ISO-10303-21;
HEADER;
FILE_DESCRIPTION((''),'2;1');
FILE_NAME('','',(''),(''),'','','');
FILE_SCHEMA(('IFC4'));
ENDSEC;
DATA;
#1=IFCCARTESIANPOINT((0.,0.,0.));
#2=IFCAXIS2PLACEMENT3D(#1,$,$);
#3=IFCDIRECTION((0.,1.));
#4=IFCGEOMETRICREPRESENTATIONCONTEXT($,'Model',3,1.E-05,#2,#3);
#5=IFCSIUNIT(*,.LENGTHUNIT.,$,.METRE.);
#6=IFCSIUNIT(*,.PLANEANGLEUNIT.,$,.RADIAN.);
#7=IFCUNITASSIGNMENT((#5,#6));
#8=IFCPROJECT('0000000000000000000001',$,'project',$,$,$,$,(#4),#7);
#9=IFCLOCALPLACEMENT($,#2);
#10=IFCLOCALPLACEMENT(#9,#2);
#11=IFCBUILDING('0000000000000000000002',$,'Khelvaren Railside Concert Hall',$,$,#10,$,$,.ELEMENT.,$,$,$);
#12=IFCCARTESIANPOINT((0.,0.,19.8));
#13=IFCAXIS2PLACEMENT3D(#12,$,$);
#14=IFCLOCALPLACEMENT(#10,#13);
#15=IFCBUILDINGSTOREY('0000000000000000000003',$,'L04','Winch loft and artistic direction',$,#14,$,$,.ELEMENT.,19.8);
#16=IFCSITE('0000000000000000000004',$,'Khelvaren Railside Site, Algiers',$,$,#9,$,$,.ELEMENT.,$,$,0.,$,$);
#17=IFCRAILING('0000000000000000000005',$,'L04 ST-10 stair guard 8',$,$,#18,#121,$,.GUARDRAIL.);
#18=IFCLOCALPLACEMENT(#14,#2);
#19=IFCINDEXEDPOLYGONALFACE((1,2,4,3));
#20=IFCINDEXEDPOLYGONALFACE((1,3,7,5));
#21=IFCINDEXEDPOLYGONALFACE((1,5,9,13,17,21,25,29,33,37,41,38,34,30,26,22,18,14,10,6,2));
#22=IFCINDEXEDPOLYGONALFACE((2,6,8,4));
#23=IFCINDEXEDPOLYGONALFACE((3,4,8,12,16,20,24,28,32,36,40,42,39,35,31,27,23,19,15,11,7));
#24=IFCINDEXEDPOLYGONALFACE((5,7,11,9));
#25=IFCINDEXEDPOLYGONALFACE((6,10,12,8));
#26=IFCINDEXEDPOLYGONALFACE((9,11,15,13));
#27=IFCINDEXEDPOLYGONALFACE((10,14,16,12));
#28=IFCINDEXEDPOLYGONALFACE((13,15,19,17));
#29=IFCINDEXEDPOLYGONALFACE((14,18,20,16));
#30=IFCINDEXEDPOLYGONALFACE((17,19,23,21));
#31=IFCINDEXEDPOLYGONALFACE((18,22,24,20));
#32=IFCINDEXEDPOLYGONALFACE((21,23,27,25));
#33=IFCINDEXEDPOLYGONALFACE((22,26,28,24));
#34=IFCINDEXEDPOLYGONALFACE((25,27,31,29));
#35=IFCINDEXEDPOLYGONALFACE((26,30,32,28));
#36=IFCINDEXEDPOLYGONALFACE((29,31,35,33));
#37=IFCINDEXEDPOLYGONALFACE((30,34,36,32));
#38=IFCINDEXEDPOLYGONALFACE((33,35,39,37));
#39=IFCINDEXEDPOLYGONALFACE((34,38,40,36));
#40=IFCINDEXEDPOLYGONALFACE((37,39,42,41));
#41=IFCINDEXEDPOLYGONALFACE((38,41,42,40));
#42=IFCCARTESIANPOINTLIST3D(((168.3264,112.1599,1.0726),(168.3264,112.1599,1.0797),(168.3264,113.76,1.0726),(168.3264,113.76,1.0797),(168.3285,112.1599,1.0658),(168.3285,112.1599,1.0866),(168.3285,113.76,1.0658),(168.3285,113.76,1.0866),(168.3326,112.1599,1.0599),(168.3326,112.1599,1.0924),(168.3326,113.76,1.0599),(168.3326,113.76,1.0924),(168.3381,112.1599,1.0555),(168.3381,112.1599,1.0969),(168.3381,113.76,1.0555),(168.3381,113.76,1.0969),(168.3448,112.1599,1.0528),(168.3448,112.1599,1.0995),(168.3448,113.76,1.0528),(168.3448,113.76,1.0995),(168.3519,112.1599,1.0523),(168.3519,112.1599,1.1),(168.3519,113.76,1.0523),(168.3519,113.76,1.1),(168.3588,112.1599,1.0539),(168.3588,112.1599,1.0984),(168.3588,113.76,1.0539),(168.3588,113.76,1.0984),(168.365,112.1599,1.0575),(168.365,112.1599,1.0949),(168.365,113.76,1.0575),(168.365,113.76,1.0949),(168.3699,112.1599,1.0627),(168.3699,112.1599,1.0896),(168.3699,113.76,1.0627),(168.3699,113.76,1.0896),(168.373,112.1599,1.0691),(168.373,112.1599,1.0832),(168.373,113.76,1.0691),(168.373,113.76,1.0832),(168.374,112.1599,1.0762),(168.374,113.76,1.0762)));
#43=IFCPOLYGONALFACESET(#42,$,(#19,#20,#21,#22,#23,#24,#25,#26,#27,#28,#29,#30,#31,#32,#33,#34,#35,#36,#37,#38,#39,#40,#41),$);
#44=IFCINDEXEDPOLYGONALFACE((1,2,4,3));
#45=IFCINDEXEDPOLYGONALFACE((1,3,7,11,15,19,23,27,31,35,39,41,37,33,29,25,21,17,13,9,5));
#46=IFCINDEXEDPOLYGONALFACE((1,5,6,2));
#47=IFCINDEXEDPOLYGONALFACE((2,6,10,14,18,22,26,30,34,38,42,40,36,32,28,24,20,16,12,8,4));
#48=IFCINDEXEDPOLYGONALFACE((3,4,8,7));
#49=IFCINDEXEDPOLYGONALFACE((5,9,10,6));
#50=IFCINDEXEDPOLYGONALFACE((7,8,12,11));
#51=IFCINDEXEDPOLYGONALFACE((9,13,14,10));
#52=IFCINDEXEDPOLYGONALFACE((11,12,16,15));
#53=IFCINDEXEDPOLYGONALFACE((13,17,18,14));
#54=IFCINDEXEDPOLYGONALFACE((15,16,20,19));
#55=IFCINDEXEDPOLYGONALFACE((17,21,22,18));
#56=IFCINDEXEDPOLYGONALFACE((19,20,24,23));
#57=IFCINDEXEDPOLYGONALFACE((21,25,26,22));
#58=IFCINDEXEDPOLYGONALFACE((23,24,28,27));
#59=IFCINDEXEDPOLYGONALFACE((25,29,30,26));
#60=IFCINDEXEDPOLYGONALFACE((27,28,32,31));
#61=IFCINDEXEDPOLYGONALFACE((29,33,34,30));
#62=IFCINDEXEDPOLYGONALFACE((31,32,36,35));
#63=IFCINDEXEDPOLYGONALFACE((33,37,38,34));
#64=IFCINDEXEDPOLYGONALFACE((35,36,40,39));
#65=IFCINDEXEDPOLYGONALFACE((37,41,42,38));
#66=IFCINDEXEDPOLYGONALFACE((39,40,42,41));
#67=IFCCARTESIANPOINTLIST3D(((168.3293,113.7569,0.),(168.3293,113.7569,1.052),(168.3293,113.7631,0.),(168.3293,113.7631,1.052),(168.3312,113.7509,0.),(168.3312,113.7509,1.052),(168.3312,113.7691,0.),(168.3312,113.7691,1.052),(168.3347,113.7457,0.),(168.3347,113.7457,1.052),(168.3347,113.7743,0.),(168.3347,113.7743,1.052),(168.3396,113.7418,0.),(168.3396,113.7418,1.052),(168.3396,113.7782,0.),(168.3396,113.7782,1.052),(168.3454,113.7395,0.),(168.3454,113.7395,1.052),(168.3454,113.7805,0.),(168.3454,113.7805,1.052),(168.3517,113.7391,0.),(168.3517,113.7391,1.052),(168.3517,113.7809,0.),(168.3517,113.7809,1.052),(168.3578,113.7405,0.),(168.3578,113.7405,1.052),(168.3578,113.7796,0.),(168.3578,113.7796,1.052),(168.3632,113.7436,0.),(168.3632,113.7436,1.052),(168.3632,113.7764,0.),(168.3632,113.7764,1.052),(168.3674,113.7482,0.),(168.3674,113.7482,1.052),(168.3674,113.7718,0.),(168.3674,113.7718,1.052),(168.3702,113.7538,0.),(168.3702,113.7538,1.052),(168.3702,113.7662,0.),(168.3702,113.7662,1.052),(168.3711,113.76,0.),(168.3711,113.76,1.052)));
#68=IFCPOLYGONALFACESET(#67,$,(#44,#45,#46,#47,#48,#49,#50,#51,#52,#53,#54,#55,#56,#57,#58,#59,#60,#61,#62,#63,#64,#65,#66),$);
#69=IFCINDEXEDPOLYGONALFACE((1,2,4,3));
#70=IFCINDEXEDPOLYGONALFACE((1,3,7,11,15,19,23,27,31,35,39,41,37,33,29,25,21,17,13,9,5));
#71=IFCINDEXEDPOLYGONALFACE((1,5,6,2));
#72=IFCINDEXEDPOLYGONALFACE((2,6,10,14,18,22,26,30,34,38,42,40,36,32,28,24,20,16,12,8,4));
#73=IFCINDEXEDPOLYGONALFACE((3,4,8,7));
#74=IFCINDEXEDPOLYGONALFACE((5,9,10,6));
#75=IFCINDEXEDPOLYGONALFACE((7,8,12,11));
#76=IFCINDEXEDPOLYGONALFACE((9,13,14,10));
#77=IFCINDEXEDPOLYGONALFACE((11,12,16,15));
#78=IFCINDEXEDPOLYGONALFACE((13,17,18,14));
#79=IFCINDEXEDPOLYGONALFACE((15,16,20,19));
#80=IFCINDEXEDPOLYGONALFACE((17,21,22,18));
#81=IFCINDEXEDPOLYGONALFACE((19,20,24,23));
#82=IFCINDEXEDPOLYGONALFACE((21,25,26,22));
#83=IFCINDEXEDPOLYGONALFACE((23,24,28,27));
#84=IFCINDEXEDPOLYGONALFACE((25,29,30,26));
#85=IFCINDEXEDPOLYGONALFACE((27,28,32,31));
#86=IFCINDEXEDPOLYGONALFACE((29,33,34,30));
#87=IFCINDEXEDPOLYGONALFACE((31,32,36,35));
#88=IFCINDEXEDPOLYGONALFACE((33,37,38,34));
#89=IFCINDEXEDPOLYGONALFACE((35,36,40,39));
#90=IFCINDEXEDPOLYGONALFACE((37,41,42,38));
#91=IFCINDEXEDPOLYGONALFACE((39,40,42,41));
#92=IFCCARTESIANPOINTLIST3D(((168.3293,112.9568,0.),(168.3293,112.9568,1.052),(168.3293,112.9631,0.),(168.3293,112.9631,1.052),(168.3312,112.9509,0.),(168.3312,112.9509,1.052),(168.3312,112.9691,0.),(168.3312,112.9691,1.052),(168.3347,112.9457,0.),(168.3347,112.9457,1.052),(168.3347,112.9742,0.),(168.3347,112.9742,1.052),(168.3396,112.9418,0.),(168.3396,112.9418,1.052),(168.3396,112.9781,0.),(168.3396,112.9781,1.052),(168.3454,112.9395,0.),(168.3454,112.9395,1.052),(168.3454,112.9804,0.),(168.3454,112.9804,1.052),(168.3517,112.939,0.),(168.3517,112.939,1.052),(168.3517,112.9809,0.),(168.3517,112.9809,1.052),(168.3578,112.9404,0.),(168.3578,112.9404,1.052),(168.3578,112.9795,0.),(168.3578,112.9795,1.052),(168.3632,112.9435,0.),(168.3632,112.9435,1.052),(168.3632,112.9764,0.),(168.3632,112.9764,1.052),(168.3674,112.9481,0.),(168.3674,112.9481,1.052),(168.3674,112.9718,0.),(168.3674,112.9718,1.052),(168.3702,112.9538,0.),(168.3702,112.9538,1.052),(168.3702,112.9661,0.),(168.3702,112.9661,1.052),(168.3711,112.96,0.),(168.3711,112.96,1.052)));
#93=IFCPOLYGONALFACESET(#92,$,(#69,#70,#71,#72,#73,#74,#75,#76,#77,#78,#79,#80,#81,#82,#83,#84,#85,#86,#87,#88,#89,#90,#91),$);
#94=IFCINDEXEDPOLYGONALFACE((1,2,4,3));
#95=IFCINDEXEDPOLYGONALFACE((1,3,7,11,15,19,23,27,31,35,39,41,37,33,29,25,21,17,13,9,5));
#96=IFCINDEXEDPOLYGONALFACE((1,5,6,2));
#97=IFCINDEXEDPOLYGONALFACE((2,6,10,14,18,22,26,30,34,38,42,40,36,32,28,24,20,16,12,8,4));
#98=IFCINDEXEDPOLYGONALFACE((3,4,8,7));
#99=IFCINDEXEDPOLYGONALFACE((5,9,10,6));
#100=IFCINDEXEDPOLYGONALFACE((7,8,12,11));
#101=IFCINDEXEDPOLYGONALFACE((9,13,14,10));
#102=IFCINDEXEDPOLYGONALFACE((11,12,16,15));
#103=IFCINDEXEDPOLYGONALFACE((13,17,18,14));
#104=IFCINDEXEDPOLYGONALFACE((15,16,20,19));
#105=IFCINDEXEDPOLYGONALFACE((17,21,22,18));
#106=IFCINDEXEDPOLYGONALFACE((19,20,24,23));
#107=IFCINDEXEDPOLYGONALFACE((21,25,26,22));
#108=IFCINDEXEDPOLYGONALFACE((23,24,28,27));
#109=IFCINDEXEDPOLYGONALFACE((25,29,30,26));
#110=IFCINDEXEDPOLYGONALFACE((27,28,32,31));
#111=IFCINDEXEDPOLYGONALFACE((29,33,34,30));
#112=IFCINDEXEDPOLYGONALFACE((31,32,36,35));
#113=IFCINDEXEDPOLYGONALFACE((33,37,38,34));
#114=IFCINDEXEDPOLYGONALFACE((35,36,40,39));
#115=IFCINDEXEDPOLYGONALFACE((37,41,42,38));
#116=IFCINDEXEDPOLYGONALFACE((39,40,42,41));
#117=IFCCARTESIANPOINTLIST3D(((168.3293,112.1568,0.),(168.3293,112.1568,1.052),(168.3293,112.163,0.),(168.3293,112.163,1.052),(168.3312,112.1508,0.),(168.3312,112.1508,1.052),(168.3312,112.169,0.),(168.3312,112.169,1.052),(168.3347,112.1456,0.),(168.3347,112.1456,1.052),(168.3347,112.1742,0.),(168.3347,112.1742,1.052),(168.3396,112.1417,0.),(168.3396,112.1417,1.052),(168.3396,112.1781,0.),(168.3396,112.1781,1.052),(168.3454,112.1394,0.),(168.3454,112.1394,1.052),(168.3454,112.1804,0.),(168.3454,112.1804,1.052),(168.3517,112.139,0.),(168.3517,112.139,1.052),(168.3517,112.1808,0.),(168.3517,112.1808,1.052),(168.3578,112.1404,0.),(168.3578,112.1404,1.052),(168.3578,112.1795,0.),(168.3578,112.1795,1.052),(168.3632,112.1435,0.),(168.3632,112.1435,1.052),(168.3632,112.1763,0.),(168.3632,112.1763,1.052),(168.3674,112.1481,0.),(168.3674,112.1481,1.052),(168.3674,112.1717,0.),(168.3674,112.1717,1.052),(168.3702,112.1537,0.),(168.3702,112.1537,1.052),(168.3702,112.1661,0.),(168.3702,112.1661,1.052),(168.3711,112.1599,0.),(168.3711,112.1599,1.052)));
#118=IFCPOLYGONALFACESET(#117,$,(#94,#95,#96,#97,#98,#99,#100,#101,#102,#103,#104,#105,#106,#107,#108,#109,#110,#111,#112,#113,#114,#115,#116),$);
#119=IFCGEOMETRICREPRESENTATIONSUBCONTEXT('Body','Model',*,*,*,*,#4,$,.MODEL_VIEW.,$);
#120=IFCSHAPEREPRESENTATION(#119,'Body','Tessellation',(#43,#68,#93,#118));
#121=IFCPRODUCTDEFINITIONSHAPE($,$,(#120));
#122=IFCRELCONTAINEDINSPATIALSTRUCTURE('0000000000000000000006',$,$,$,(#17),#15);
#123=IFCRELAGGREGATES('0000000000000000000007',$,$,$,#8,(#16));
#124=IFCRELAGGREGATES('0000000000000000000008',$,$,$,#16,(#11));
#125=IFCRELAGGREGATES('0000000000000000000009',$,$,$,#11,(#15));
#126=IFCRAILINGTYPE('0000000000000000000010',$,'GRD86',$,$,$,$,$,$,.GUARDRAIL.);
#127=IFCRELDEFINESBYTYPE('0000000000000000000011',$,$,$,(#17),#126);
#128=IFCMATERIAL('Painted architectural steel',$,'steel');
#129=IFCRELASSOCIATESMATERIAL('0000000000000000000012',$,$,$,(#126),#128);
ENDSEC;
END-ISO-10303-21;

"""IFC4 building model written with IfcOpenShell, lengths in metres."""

from ifc_helpers import new_model, si_unit, direction, frame, origin, origin_2d, place, context, subcontext, project, spatial, circle, extrude, material, type_object, element, save


model = new_model("IFC4")

# Units and contexts
model_context = context("Model", 3, precision=1e-05, world=origin(), true_north=direction((0.0, 1.0)))
body_context = subcontext(model_context, "Body", "Model", "MODEL_VIEW")
ifc_project = project(units=[si_unit("LENGTHUNIT", "METRE"), si_unit("PLANEANGLEUNIT", "RADIAN")], contexts=[model_context])

# Site, building, storey
site_placement = place(None, origin())
site = spatial("IfcSite", under=ifc_project, at=site_placement, Name="Khelvaren Railside Site, Algiers", CompositionType="ELEMENT", RefElevation=0.0)
building_placement = place(site_placement, origin())
building = spatial("IfcBuilding", under=site, at=building_placement, Name="Khelvaren Railside Concert Hall", CompositionType="ELEMENT")
storey_placement = place(building_placement, frame((0.0, 0.0, 19.8)))
storey = spatial("IfcBuildingStorey", under=building, at=storey_placement, Name="L04", Description="Winch loft and artistic direction", CompositionType="ELEMENT", Elevation=19.8)

# Railing
ifc_material_1 = material(Name="Painted architectural steel", Category="steel")
railing_type_1 = type_object("IfcRailingType", Name="GRD86", PredefinedType="GUARDRAIL", material=ifc_material_1)
railing_1_placement = place(storey_placement, frame((168.3501, 113.76, 0.0)))
element("IfcRailing", 1, at=railing_1_placement, inside=storey, type_object=railing_type_1, Name="L04 ST-10 stair guard 8", PredefinedType="GUARDRAIL", context=body_context, shape_type="SweptSolid", body=[
    extrude(circle(Radius=0.0239, at=origin_2d()), frame((0.0, 0.0, 1.0762), z_axis=(0.0, -1.0, 0.0), x_axis=(1.0, 0.0, 0.0)), (0.0, 0.0, 1.0), 1.6001),
    extrude(circle(Radius=0.021, at=origin_2d()), origin(), (0.0, 0.0, 1.0), 1.052),
    extrude(circle(Radius=0.021, at=origin_2d()), frame((0.0, -0.8, 0.0)), (0.0, 0.0, 1.0), 1.052),
    extrude(circle(Radius=0.021, at=origin_2d()), frame((0.0, -1.6001, 0.0)), (0.0, 0.0, 1.0), 1.052),
])

save(model, "model.ifc")
